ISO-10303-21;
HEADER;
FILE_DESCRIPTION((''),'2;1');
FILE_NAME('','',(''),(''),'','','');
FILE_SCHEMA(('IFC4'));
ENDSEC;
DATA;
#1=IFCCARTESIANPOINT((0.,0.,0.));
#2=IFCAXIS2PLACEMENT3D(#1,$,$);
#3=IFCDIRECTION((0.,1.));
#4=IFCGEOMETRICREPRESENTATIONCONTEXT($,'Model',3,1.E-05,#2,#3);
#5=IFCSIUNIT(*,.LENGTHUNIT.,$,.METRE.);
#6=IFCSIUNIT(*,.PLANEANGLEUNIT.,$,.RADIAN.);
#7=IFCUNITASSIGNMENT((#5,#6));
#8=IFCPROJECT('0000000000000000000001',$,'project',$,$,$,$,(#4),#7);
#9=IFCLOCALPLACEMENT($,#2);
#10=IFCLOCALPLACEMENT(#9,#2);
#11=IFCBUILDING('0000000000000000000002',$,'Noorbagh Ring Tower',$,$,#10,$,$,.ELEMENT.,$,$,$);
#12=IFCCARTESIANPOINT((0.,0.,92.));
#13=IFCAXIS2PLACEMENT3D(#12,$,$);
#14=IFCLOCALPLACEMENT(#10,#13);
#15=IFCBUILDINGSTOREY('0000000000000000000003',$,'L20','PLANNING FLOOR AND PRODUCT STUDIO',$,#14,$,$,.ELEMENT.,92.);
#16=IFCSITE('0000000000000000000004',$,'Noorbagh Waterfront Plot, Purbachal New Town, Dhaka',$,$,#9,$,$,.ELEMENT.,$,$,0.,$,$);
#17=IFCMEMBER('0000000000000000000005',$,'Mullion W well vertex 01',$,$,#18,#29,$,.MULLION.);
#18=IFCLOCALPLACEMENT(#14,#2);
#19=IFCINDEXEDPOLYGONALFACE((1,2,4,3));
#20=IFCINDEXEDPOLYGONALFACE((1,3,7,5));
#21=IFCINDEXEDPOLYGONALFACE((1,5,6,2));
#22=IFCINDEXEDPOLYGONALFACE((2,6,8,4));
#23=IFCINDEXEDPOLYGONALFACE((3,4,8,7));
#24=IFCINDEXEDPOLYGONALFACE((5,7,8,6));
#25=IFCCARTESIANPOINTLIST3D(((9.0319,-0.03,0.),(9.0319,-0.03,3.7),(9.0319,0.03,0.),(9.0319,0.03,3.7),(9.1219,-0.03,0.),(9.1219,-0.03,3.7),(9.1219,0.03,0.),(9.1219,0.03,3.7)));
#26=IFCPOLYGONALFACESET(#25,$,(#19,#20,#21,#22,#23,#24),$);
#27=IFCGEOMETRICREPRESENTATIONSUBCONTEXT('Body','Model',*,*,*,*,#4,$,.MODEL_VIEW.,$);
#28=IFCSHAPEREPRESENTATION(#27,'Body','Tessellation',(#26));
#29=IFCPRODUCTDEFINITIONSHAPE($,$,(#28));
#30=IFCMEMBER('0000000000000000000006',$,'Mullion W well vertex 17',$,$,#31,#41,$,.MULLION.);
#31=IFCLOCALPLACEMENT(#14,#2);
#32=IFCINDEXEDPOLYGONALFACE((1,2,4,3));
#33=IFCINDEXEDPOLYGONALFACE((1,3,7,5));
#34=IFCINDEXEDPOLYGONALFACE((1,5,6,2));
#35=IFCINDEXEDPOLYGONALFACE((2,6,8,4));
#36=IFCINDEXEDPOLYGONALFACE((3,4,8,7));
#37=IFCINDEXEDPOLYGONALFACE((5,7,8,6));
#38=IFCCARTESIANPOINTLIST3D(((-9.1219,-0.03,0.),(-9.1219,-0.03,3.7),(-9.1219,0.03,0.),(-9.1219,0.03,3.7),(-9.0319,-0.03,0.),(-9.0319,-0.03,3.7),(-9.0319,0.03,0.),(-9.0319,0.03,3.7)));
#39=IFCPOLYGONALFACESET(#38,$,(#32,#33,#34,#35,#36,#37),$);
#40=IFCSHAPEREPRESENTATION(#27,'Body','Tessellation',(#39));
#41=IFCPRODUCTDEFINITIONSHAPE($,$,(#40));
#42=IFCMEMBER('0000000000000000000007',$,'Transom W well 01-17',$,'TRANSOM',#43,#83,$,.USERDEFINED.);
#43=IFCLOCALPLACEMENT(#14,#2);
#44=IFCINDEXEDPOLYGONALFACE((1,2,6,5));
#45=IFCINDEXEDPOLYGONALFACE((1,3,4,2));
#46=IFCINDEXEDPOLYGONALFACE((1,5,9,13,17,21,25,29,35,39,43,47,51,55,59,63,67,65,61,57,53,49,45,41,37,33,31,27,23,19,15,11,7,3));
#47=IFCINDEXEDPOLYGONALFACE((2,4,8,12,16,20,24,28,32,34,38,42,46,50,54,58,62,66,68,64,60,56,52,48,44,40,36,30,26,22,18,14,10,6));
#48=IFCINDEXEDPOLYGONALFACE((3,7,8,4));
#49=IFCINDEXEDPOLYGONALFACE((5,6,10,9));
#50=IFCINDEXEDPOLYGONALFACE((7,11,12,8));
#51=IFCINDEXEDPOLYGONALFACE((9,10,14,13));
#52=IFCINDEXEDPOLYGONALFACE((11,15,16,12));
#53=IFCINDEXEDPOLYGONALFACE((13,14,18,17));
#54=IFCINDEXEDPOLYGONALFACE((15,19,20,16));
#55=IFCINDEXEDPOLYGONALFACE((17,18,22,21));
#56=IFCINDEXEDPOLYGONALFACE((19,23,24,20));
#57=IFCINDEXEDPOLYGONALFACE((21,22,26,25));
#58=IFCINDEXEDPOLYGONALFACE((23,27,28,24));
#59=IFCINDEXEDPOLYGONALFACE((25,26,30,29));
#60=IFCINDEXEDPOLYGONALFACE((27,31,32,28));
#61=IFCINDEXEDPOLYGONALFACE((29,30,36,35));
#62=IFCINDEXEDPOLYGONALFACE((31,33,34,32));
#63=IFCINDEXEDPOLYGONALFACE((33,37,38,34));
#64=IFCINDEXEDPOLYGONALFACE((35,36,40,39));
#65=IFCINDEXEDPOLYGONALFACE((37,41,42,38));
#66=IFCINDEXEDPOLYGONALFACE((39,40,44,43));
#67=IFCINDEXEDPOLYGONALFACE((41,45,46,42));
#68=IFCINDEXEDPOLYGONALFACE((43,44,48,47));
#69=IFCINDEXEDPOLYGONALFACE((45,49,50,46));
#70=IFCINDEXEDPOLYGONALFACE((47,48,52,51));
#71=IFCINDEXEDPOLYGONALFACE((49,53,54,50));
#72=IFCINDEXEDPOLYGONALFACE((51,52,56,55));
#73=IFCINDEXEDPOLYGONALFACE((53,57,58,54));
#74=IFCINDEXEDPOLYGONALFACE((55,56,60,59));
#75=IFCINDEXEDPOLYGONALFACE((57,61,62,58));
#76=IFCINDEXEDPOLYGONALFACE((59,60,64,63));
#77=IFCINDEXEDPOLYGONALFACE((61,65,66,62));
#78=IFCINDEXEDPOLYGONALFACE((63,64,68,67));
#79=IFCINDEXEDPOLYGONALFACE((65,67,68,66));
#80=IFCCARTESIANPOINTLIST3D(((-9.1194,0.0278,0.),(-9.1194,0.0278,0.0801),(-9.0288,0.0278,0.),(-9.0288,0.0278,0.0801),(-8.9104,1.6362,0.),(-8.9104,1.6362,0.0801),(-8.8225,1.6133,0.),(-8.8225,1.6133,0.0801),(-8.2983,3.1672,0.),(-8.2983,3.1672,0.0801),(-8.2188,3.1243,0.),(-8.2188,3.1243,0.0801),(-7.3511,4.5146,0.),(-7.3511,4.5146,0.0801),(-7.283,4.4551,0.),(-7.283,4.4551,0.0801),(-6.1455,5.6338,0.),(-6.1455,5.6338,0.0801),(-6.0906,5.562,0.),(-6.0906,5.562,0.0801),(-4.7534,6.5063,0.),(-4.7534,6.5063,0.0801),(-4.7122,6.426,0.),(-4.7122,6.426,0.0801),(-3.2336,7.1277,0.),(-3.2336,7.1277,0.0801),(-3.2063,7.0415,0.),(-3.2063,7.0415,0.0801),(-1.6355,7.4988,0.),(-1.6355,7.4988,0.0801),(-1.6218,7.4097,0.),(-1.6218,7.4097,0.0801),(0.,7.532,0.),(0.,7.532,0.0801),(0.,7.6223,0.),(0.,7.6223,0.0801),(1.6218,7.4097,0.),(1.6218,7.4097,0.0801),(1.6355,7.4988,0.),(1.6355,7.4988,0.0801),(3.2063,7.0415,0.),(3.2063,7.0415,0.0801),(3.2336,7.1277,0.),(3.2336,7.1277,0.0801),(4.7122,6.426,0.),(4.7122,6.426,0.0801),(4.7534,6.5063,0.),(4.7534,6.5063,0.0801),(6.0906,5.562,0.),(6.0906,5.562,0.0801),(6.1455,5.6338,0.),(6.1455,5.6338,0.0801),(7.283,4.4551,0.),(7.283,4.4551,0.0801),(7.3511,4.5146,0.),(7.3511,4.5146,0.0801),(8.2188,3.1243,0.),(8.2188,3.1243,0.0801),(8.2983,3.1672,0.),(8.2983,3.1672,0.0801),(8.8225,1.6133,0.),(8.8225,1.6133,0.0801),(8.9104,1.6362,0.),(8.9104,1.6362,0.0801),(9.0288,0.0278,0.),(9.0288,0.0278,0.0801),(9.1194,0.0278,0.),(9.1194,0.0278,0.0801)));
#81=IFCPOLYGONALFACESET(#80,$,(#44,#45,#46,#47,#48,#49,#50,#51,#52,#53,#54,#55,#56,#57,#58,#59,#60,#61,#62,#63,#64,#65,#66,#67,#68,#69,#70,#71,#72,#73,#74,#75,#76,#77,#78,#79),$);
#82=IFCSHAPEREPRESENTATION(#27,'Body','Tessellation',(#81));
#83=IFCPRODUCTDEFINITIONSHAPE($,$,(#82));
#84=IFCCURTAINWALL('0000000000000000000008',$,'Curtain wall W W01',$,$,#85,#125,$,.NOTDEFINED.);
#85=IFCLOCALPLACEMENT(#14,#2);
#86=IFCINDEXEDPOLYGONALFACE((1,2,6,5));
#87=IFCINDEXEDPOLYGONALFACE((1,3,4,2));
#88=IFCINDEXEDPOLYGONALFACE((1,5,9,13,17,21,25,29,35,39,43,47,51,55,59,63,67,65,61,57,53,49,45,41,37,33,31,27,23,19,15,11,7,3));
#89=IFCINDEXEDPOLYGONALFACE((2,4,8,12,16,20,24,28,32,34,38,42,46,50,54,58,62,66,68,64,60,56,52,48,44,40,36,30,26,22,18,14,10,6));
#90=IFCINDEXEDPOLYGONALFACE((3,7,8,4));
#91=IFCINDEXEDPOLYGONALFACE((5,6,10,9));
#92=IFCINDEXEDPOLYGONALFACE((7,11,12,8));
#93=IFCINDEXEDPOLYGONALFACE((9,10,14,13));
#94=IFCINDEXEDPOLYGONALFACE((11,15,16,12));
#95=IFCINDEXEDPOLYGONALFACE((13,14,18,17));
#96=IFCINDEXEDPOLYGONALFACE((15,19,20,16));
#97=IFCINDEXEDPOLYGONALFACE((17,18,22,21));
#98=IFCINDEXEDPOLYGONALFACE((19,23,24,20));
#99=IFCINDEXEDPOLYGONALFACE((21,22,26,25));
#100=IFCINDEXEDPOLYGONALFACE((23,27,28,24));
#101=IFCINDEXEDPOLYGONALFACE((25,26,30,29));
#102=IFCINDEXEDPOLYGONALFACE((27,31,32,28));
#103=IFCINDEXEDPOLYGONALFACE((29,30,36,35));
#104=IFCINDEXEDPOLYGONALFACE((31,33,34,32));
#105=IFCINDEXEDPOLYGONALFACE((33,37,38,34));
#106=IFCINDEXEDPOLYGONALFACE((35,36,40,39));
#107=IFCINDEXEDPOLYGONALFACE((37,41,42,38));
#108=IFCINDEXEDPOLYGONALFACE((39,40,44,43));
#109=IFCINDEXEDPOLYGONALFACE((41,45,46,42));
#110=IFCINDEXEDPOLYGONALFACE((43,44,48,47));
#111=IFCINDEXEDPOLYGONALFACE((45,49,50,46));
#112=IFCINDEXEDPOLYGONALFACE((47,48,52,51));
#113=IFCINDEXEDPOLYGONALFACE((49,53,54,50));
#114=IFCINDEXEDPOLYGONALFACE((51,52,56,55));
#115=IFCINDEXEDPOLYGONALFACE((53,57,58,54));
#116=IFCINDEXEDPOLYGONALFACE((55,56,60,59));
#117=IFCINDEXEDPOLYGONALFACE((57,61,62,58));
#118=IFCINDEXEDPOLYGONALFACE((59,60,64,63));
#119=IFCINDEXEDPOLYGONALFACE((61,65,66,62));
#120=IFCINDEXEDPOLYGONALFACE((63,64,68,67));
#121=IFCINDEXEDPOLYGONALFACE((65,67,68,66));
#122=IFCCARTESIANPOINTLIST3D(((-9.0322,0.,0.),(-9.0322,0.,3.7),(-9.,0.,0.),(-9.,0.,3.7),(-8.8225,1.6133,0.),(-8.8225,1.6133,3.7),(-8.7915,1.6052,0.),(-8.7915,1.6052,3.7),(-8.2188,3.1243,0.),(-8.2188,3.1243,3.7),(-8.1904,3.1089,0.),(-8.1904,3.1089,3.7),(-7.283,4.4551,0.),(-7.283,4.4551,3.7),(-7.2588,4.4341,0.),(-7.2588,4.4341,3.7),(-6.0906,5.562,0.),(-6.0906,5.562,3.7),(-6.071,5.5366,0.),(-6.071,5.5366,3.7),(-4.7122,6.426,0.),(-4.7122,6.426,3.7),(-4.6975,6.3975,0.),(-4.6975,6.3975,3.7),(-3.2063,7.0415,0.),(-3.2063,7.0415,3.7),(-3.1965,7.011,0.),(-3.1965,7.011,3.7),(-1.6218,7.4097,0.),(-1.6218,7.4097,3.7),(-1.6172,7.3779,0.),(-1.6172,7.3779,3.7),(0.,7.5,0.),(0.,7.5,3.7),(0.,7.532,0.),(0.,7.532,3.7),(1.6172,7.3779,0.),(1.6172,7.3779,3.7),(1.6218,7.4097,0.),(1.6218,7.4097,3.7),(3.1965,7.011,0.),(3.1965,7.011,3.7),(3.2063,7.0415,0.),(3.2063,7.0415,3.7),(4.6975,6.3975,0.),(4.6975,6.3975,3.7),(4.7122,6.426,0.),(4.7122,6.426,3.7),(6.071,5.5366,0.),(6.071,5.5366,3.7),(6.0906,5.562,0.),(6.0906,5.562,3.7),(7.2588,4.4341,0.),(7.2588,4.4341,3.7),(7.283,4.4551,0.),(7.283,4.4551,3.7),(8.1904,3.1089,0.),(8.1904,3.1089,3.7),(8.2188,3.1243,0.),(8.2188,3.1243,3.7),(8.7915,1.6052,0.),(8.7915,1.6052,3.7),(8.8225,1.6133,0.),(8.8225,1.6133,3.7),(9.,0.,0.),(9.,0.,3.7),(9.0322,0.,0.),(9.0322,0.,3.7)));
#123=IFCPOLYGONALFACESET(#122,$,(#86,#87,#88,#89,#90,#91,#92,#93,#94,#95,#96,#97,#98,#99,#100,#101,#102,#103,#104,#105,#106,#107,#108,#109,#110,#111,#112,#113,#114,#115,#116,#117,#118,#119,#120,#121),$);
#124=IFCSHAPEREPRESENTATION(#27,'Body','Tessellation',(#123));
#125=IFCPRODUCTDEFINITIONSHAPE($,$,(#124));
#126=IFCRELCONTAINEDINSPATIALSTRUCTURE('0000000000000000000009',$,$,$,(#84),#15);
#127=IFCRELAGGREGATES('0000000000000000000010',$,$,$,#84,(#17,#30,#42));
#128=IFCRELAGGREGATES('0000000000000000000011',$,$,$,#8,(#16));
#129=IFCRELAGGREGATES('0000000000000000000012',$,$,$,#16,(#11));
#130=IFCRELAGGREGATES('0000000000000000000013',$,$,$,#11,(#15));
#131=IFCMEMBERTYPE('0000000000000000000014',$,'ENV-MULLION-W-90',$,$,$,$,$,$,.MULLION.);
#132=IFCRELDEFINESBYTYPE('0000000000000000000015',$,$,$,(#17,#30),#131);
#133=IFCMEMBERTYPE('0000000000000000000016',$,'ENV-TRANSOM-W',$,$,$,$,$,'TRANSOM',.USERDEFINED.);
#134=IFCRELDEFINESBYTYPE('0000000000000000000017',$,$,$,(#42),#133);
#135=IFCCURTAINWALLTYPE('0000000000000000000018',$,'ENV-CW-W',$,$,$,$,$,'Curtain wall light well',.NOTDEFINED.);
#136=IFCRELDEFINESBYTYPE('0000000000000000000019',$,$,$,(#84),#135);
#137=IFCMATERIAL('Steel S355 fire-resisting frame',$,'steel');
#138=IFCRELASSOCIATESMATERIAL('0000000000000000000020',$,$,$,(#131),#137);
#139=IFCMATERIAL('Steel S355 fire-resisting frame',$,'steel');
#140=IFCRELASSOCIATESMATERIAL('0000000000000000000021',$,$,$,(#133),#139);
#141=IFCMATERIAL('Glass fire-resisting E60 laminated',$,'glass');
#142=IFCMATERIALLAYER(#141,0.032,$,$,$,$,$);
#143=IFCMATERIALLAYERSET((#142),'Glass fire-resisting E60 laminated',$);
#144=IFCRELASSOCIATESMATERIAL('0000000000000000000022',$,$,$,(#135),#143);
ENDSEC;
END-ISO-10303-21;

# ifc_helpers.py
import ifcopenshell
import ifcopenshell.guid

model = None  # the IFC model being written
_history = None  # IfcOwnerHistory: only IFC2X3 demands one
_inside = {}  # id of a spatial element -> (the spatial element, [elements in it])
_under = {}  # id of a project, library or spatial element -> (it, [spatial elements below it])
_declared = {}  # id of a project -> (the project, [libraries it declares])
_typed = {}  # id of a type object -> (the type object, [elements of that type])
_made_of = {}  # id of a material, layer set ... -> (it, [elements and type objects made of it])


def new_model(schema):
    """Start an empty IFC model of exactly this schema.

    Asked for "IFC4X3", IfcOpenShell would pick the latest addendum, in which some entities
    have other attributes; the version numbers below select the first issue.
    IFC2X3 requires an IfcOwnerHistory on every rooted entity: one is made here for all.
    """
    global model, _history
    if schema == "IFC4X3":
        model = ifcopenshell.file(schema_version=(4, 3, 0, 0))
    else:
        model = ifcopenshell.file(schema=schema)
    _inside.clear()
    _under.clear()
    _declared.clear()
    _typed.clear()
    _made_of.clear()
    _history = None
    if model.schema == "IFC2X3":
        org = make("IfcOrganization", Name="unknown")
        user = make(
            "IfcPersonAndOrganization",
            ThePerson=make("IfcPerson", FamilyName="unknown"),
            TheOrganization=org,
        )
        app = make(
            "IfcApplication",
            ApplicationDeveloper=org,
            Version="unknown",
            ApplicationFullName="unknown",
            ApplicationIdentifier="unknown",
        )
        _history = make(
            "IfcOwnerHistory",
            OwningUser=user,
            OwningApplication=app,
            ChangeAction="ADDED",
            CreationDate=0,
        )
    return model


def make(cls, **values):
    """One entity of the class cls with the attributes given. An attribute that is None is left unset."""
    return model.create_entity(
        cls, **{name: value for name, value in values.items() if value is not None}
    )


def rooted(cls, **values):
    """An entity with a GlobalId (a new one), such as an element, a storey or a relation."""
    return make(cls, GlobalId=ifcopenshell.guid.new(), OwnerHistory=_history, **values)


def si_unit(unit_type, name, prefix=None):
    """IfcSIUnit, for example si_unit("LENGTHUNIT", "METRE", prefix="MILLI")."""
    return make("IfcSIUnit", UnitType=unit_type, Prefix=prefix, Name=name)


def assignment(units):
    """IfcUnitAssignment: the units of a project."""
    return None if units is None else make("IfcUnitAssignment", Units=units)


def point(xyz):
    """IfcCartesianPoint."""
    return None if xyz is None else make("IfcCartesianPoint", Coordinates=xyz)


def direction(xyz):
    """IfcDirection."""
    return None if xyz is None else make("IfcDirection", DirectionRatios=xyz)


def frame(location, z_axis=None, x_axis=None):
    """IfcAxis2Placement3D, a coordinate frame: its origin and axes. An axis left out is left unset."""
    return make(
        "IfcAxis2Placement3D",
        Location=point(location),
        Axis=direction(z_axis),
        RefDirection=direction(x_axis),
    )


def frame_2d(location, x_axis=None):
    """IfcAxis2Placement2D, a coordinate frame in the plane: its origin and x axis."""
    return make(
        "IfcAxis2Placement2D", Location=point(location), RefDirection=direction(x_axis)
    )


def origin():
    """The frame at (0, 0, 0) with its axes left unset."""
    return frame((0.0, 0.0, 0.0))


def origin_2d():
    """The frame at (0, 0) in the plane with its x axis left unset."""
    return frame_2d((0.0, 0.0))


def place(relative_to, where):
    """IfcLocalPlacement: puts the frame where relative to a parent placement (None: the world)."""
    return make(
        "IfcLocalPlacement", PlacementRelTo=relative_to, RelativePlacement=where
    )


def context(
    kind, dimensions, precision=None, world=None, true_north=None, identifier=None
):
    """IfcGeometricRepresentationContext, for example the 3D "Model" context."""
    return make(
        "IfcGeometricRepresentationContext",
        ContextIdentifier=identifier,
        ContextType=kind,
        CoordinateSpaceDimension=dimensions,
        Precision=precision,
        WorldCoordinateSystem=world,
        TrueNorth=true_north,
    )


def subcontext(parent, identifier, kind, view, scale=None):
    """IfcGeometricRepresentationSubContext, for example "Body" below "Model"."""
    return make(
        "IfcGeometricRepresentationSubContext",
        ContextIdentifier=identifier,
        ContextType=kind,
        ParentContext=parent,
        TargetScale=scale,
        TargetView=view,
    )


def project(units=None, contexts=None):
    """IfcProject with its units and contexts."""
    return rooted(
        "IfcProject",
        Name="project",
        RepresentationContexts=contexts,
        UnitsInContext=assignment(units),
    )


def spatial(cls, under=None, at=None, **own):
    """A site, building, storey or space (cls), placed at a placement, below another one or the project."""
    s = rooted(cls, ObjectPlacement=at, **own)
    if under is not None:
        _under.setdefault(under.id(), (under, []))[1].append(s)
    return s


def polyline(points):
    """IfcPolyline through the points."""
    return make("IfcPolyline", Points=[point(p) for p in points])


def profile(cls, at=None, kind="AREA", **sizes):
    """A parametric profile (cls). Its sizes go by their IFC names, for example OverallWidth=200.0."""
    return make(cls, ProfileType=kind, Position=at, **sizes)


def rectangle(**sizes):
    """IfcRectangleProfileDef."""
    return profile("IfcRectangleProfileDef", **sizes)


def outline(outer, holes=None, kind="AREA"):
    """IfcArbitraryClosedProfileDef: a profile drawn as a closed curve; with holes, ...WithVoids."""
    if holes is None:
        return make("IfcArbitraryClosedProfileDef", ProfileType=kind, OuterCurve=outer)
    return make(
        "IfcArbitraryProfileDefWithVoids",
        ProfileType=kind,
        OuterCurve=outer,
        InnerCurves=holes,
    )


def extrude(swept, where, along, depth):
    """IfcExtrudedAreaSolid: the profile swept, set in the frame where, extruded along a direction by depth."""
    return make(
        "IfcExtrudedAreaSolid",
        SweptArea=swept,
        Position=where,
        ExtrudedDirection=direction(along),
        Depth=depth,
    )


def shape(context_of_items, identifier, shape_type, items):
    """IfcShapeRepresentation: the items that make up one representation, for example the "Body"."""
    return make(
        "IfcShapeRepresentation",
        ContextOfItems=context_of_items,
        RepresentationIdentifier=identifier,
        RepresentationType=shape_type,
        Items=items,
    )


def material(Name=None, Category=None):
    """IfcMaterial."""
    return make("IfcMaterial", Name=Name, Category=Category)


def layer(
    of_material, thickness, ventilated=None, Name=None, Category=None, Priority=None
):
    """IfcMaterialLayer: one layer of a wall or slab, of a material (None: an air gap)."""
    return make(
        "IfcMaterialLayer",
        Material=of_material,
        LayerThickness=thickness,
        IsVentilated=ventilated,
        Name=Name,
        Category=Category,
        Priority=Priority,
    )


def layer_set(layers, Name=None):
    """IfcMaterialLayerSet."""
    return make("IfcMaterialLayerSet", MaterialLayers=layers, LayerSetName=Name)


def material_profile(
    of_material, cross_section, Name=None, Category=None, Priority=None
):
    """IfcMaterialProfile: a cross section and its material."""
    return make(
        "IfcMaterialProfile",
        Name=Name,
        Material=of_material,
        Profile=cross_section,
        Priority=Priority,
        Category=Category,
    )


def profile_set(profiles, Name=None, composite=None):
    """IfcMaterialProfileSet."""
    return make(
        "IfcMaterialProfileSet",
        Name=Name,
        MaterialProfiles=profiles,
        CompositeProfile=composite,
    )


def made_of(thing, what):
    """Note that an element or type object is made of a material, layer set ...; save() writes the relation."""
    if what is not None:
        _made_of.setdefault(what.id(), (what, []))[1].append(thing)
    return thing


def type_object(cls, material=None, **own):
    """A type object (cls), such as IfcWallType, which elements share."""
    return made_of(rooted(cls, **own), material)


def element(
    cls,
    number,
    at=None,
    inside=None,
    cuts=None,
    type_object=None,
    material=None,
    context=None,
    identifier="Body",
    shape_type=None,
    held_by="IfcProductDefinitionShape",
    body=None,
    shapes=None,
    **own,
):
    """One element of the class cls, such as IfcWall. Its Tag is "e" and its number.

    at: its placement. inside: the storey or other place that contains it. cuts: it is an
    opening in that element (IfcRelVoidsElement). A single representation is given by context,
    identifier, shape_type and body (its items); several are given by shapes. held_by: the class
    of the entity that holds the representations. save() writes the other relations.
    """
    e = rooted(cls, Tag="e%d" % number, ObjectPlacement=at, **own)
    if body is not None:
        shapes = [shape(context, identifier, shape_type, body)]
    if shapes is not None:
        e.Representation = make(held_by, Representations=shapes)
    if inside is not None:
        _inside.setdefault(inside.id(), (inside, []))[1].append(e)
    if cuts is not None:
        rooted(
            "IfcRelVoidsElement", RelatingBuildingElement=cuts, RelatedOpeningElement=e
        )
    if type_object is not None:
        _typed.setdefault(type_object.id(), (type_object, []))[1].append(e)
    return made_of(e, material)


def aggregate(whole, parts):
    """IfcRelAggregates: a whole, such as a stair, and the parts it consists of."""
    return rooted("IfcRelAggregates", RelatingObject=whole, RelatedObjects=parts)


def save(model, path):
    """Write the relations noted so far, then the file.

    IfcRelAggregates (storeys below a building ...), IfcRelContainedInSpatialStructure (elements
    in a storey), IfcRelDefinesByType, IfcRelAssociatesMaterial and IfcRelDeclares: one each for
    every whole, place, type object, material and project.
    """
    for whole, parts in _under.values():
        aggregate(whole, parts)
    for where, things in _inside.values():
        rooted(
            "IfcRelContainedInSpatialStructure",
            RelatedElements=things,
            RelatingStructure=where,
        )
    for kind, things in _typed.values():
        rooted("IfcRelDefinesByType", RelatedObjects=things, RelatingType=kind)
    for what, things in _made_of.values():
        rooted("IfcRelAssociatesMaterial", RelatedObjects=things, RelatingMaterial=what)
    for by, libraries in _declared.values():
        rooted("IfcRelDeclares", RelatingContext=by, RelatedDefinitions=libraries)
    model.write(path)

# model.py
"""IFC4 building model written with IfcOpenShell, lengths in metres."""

from ifc_helpers import new_model, si_unit, direction, frame, origin, origin_2d, place, context, subcontext, project, spatial, polyline, rectangle, outline, extrude, material, layer, layer_set, material_profile, profile_set, type_object, element, aggregate, save


model = new_model("IFC4")

# Units and contexts
model_context = context("Model", 3, precision=1e-05, world=origin(), true_north=direction((0.0, 1.0)))
body_context = subcontext(model_context, "Body", "Model", "MODEL_VIEW")
ifc_project = project(units=[si_unit("LENGTHUNIT", "METRE"), si_unit("PLANEANGLEUNIT", "RADIAN")], contexts=[model_context])

# Members
ifc_material_1 = material(Name="Steel S355 fire-resisting frame", Category="steel")
ifc_material_profile = material_profile(ifc_material_1, rectangle(XDim=0.0901, YDim=0.0601, at=origin_2d()), Name="90x60")
ifc_profile_set = profile_set([ifc_material_profile], Name="Steel S355 fire-resisting frame")
member_type_1 = type_object("IfcMemberType", Name="ENV-MULLION-W-90", PredefinedType="MULLION", material=ifc_profile_set)
site_placement = place(None, origin())
building_placement = place(site_placement, origin())
storey_placement = place(building_placement, frame((0.0, 0.0, 92.0)))
member_1_placement = place(storey_placement, frame((9.0769, 0.0, 0.0), z_axis=(0.0, 0.0, 1.0), x_axis=(1.0, 0.0, 0.0)))
member_1 = element("IfcMember", 1, at=member_1_placement, type_object=member_type_1, Name="Mullion W well vertex 01", PredefinedType="MULLION", context=body_context, shape_type="SweptSolid", body=[
    extrude(rectangle(XDim=0.0901, YDim=0.0601, at=origin_2d()), origin(), (0.0, 0.0, 1.0), 3.7),
])
member_2_placement = place(storey_placement, frame((-9.0769, 0.0, 0.0), z_axis=(0.0, 0.0, 1.0), x_axis=(-1.0, 0.0, 0.0)))
member_2 = element("IfcMember", 2, at=member_2_placement, type_object=member_type_1, Name="Mullion W well vertex 17", PredefinedType="MULLION", context=body_context, shape_type="SweptSolid", body=[
    extrude(rectangle(XDim=0.0901, YDim=0.0601, at=origin_2d()), origin(), (0.0, 0.0, 1.0), 3.7),
])
ifc_material_2 = material(Name="Steel S355 fire-resisting frame", Category="steel")
member_type_2 = type_object("IfcMemberType", Name="ENV-TRANSOM-W", ElementType="TRANSOM", PredefinedType="USERDEFINED", material=ifc_material_2)
member_3_placement = place(storey_placement, origin())
member_3 = element("IfcMember", 3, at=member_3_placement, type_object=member_type_2, Name="Transom W well 01-17", ObjectType="TRANSOM", PredefinedType="USERDEFINED", context=body_context, shape_type="SweptSolid", body=[
    extrude(outline(polyline([(9.1194, 0.0278), (8.9104, 1.6362), (8.2983, 3.1672), (7.3511, 4.5146), (6.1455, 5.6338), (4.7534, 6.5063), (3.2336, 7.1277), (1.6355, 7.4988), (0.0, 7.6223), (-1.6355, 7.4988), (-3.2336, 7.1277), (-4.7534, 6.5063), (-6.1455, 5.6338), (-7.3511, 4.5146), (-8.2983, 3.1672), (-8.9104, 1.6362), (-9.1194, 0.0278), (-9.0288, 0.0278), (-8.8225, 1.6133), (-8.2188, 3.1243), (-7.283, 4.4551), (-6.0906, 5.562), (-4.7122, 6.426), (-3.2063, 7.0415), (-1.6218, 7.4097), (0.0, 7.532), (1.6218, 7.4097), (3.2063, 7.0415), (4.7122, 6.426), (6.0906, 5.562), (7.283, 4.4551), (8.2188, 3.1243), (8.8225, 1.6133), (9.0288, 0.0278), (9.1194, 0.0278)])), origin(), (0.0, 0.0, 1.0), 0.0801),
])

# Site, building, storey
site = spatial("IfcSite", under=ifc_project, at=site_placement, Name="Noorbagh Waterfront Plot, Purbachal New Town, Dhaka", CompositionType="ELEMENT", RefElevation=0.0)
building = spatial("IfcBuilding", under=site, at=building_placement, Name="Noorbagh Ring Tower", CompositionType="ELEMENT")
storey = spatial("IfcBuildingStorey", under=building, at=storey_placement, Name="L20", Description="PLANNING FLOOR AND PRODUCT STUDIO", CompositionType="ELEMENT", Elevation=92.0)

# Curtain wall
ifc_material_3 = material(Name="Glass fire-resisting E60 laminated", Category="glass")
ifc_layer_1 = layer(ifc_material_3, 0.032)
ifc_layer_set_1 = layer_set([ifc_layer_1], Name="Glass fire-resisting E60 laminated")
curtain_wall_type = type_object("IfcCurtainWallType", Name="ENV-CW-W", ElementType="Curtain wall light well", PredefinedType="NOTDEFINED", material=ifc_layer_set_1)
curtain_wall_1_placement = place(storey_placement, origin())
curtain_wall_1 = element("IfcCurtainWall", 4, at=curtain_wall_1_placement, inside=storey, type_object=curtain_wall_type, Name="Curtain wall W W01", PredefinedType="NOTDEFINED", context=body_context, shape_type="SweptSolid", body=[
    extrude(outline(polyline([(9.0322, 0.0), (8.8225, 1.6133), (8.2188, 3.1243), (7.283, 4.4551), (6.0906, 5.562), (4.7122, 6.426), (3.2063, 7.0415), (1.6218, 7.4097), (0.0, 7.532), (-1.6218, 7.4097), (-3.2063, 7.0415), (-4.7122, 6.426), (-6.0906, 5.562), (-7.283, 4.4551), (-8.2188, 3.1243), (-8.8225, 1.6133), (-9.0322, 0.0), (-9.0, 0.0), (-8.7915, 1.6052), (-8.1904, 3.1089), (-7.2588, 4.4341), (-6.071, 5.5366), (-4.6975, 6.3975), (-3.1965, 7.011), (-1.6172, 7.3779), (0.0, 7.5), (1.6172, 7.3779), (3.1965, 7.011), (4.6975, 6.3975), (6.071, 5.5366), (7.2588, 4.4341), (8.1904, 3.1089), (8.7915, 1.6052), (9.0, 0.0), (9.0322, 0.0)])), origin(), (0.0, 0.0, 1.0), 3.7),
])
aggregate(curtain_wall_1, [member_1, member_2, member_3])

save(model, "model.ifc")
